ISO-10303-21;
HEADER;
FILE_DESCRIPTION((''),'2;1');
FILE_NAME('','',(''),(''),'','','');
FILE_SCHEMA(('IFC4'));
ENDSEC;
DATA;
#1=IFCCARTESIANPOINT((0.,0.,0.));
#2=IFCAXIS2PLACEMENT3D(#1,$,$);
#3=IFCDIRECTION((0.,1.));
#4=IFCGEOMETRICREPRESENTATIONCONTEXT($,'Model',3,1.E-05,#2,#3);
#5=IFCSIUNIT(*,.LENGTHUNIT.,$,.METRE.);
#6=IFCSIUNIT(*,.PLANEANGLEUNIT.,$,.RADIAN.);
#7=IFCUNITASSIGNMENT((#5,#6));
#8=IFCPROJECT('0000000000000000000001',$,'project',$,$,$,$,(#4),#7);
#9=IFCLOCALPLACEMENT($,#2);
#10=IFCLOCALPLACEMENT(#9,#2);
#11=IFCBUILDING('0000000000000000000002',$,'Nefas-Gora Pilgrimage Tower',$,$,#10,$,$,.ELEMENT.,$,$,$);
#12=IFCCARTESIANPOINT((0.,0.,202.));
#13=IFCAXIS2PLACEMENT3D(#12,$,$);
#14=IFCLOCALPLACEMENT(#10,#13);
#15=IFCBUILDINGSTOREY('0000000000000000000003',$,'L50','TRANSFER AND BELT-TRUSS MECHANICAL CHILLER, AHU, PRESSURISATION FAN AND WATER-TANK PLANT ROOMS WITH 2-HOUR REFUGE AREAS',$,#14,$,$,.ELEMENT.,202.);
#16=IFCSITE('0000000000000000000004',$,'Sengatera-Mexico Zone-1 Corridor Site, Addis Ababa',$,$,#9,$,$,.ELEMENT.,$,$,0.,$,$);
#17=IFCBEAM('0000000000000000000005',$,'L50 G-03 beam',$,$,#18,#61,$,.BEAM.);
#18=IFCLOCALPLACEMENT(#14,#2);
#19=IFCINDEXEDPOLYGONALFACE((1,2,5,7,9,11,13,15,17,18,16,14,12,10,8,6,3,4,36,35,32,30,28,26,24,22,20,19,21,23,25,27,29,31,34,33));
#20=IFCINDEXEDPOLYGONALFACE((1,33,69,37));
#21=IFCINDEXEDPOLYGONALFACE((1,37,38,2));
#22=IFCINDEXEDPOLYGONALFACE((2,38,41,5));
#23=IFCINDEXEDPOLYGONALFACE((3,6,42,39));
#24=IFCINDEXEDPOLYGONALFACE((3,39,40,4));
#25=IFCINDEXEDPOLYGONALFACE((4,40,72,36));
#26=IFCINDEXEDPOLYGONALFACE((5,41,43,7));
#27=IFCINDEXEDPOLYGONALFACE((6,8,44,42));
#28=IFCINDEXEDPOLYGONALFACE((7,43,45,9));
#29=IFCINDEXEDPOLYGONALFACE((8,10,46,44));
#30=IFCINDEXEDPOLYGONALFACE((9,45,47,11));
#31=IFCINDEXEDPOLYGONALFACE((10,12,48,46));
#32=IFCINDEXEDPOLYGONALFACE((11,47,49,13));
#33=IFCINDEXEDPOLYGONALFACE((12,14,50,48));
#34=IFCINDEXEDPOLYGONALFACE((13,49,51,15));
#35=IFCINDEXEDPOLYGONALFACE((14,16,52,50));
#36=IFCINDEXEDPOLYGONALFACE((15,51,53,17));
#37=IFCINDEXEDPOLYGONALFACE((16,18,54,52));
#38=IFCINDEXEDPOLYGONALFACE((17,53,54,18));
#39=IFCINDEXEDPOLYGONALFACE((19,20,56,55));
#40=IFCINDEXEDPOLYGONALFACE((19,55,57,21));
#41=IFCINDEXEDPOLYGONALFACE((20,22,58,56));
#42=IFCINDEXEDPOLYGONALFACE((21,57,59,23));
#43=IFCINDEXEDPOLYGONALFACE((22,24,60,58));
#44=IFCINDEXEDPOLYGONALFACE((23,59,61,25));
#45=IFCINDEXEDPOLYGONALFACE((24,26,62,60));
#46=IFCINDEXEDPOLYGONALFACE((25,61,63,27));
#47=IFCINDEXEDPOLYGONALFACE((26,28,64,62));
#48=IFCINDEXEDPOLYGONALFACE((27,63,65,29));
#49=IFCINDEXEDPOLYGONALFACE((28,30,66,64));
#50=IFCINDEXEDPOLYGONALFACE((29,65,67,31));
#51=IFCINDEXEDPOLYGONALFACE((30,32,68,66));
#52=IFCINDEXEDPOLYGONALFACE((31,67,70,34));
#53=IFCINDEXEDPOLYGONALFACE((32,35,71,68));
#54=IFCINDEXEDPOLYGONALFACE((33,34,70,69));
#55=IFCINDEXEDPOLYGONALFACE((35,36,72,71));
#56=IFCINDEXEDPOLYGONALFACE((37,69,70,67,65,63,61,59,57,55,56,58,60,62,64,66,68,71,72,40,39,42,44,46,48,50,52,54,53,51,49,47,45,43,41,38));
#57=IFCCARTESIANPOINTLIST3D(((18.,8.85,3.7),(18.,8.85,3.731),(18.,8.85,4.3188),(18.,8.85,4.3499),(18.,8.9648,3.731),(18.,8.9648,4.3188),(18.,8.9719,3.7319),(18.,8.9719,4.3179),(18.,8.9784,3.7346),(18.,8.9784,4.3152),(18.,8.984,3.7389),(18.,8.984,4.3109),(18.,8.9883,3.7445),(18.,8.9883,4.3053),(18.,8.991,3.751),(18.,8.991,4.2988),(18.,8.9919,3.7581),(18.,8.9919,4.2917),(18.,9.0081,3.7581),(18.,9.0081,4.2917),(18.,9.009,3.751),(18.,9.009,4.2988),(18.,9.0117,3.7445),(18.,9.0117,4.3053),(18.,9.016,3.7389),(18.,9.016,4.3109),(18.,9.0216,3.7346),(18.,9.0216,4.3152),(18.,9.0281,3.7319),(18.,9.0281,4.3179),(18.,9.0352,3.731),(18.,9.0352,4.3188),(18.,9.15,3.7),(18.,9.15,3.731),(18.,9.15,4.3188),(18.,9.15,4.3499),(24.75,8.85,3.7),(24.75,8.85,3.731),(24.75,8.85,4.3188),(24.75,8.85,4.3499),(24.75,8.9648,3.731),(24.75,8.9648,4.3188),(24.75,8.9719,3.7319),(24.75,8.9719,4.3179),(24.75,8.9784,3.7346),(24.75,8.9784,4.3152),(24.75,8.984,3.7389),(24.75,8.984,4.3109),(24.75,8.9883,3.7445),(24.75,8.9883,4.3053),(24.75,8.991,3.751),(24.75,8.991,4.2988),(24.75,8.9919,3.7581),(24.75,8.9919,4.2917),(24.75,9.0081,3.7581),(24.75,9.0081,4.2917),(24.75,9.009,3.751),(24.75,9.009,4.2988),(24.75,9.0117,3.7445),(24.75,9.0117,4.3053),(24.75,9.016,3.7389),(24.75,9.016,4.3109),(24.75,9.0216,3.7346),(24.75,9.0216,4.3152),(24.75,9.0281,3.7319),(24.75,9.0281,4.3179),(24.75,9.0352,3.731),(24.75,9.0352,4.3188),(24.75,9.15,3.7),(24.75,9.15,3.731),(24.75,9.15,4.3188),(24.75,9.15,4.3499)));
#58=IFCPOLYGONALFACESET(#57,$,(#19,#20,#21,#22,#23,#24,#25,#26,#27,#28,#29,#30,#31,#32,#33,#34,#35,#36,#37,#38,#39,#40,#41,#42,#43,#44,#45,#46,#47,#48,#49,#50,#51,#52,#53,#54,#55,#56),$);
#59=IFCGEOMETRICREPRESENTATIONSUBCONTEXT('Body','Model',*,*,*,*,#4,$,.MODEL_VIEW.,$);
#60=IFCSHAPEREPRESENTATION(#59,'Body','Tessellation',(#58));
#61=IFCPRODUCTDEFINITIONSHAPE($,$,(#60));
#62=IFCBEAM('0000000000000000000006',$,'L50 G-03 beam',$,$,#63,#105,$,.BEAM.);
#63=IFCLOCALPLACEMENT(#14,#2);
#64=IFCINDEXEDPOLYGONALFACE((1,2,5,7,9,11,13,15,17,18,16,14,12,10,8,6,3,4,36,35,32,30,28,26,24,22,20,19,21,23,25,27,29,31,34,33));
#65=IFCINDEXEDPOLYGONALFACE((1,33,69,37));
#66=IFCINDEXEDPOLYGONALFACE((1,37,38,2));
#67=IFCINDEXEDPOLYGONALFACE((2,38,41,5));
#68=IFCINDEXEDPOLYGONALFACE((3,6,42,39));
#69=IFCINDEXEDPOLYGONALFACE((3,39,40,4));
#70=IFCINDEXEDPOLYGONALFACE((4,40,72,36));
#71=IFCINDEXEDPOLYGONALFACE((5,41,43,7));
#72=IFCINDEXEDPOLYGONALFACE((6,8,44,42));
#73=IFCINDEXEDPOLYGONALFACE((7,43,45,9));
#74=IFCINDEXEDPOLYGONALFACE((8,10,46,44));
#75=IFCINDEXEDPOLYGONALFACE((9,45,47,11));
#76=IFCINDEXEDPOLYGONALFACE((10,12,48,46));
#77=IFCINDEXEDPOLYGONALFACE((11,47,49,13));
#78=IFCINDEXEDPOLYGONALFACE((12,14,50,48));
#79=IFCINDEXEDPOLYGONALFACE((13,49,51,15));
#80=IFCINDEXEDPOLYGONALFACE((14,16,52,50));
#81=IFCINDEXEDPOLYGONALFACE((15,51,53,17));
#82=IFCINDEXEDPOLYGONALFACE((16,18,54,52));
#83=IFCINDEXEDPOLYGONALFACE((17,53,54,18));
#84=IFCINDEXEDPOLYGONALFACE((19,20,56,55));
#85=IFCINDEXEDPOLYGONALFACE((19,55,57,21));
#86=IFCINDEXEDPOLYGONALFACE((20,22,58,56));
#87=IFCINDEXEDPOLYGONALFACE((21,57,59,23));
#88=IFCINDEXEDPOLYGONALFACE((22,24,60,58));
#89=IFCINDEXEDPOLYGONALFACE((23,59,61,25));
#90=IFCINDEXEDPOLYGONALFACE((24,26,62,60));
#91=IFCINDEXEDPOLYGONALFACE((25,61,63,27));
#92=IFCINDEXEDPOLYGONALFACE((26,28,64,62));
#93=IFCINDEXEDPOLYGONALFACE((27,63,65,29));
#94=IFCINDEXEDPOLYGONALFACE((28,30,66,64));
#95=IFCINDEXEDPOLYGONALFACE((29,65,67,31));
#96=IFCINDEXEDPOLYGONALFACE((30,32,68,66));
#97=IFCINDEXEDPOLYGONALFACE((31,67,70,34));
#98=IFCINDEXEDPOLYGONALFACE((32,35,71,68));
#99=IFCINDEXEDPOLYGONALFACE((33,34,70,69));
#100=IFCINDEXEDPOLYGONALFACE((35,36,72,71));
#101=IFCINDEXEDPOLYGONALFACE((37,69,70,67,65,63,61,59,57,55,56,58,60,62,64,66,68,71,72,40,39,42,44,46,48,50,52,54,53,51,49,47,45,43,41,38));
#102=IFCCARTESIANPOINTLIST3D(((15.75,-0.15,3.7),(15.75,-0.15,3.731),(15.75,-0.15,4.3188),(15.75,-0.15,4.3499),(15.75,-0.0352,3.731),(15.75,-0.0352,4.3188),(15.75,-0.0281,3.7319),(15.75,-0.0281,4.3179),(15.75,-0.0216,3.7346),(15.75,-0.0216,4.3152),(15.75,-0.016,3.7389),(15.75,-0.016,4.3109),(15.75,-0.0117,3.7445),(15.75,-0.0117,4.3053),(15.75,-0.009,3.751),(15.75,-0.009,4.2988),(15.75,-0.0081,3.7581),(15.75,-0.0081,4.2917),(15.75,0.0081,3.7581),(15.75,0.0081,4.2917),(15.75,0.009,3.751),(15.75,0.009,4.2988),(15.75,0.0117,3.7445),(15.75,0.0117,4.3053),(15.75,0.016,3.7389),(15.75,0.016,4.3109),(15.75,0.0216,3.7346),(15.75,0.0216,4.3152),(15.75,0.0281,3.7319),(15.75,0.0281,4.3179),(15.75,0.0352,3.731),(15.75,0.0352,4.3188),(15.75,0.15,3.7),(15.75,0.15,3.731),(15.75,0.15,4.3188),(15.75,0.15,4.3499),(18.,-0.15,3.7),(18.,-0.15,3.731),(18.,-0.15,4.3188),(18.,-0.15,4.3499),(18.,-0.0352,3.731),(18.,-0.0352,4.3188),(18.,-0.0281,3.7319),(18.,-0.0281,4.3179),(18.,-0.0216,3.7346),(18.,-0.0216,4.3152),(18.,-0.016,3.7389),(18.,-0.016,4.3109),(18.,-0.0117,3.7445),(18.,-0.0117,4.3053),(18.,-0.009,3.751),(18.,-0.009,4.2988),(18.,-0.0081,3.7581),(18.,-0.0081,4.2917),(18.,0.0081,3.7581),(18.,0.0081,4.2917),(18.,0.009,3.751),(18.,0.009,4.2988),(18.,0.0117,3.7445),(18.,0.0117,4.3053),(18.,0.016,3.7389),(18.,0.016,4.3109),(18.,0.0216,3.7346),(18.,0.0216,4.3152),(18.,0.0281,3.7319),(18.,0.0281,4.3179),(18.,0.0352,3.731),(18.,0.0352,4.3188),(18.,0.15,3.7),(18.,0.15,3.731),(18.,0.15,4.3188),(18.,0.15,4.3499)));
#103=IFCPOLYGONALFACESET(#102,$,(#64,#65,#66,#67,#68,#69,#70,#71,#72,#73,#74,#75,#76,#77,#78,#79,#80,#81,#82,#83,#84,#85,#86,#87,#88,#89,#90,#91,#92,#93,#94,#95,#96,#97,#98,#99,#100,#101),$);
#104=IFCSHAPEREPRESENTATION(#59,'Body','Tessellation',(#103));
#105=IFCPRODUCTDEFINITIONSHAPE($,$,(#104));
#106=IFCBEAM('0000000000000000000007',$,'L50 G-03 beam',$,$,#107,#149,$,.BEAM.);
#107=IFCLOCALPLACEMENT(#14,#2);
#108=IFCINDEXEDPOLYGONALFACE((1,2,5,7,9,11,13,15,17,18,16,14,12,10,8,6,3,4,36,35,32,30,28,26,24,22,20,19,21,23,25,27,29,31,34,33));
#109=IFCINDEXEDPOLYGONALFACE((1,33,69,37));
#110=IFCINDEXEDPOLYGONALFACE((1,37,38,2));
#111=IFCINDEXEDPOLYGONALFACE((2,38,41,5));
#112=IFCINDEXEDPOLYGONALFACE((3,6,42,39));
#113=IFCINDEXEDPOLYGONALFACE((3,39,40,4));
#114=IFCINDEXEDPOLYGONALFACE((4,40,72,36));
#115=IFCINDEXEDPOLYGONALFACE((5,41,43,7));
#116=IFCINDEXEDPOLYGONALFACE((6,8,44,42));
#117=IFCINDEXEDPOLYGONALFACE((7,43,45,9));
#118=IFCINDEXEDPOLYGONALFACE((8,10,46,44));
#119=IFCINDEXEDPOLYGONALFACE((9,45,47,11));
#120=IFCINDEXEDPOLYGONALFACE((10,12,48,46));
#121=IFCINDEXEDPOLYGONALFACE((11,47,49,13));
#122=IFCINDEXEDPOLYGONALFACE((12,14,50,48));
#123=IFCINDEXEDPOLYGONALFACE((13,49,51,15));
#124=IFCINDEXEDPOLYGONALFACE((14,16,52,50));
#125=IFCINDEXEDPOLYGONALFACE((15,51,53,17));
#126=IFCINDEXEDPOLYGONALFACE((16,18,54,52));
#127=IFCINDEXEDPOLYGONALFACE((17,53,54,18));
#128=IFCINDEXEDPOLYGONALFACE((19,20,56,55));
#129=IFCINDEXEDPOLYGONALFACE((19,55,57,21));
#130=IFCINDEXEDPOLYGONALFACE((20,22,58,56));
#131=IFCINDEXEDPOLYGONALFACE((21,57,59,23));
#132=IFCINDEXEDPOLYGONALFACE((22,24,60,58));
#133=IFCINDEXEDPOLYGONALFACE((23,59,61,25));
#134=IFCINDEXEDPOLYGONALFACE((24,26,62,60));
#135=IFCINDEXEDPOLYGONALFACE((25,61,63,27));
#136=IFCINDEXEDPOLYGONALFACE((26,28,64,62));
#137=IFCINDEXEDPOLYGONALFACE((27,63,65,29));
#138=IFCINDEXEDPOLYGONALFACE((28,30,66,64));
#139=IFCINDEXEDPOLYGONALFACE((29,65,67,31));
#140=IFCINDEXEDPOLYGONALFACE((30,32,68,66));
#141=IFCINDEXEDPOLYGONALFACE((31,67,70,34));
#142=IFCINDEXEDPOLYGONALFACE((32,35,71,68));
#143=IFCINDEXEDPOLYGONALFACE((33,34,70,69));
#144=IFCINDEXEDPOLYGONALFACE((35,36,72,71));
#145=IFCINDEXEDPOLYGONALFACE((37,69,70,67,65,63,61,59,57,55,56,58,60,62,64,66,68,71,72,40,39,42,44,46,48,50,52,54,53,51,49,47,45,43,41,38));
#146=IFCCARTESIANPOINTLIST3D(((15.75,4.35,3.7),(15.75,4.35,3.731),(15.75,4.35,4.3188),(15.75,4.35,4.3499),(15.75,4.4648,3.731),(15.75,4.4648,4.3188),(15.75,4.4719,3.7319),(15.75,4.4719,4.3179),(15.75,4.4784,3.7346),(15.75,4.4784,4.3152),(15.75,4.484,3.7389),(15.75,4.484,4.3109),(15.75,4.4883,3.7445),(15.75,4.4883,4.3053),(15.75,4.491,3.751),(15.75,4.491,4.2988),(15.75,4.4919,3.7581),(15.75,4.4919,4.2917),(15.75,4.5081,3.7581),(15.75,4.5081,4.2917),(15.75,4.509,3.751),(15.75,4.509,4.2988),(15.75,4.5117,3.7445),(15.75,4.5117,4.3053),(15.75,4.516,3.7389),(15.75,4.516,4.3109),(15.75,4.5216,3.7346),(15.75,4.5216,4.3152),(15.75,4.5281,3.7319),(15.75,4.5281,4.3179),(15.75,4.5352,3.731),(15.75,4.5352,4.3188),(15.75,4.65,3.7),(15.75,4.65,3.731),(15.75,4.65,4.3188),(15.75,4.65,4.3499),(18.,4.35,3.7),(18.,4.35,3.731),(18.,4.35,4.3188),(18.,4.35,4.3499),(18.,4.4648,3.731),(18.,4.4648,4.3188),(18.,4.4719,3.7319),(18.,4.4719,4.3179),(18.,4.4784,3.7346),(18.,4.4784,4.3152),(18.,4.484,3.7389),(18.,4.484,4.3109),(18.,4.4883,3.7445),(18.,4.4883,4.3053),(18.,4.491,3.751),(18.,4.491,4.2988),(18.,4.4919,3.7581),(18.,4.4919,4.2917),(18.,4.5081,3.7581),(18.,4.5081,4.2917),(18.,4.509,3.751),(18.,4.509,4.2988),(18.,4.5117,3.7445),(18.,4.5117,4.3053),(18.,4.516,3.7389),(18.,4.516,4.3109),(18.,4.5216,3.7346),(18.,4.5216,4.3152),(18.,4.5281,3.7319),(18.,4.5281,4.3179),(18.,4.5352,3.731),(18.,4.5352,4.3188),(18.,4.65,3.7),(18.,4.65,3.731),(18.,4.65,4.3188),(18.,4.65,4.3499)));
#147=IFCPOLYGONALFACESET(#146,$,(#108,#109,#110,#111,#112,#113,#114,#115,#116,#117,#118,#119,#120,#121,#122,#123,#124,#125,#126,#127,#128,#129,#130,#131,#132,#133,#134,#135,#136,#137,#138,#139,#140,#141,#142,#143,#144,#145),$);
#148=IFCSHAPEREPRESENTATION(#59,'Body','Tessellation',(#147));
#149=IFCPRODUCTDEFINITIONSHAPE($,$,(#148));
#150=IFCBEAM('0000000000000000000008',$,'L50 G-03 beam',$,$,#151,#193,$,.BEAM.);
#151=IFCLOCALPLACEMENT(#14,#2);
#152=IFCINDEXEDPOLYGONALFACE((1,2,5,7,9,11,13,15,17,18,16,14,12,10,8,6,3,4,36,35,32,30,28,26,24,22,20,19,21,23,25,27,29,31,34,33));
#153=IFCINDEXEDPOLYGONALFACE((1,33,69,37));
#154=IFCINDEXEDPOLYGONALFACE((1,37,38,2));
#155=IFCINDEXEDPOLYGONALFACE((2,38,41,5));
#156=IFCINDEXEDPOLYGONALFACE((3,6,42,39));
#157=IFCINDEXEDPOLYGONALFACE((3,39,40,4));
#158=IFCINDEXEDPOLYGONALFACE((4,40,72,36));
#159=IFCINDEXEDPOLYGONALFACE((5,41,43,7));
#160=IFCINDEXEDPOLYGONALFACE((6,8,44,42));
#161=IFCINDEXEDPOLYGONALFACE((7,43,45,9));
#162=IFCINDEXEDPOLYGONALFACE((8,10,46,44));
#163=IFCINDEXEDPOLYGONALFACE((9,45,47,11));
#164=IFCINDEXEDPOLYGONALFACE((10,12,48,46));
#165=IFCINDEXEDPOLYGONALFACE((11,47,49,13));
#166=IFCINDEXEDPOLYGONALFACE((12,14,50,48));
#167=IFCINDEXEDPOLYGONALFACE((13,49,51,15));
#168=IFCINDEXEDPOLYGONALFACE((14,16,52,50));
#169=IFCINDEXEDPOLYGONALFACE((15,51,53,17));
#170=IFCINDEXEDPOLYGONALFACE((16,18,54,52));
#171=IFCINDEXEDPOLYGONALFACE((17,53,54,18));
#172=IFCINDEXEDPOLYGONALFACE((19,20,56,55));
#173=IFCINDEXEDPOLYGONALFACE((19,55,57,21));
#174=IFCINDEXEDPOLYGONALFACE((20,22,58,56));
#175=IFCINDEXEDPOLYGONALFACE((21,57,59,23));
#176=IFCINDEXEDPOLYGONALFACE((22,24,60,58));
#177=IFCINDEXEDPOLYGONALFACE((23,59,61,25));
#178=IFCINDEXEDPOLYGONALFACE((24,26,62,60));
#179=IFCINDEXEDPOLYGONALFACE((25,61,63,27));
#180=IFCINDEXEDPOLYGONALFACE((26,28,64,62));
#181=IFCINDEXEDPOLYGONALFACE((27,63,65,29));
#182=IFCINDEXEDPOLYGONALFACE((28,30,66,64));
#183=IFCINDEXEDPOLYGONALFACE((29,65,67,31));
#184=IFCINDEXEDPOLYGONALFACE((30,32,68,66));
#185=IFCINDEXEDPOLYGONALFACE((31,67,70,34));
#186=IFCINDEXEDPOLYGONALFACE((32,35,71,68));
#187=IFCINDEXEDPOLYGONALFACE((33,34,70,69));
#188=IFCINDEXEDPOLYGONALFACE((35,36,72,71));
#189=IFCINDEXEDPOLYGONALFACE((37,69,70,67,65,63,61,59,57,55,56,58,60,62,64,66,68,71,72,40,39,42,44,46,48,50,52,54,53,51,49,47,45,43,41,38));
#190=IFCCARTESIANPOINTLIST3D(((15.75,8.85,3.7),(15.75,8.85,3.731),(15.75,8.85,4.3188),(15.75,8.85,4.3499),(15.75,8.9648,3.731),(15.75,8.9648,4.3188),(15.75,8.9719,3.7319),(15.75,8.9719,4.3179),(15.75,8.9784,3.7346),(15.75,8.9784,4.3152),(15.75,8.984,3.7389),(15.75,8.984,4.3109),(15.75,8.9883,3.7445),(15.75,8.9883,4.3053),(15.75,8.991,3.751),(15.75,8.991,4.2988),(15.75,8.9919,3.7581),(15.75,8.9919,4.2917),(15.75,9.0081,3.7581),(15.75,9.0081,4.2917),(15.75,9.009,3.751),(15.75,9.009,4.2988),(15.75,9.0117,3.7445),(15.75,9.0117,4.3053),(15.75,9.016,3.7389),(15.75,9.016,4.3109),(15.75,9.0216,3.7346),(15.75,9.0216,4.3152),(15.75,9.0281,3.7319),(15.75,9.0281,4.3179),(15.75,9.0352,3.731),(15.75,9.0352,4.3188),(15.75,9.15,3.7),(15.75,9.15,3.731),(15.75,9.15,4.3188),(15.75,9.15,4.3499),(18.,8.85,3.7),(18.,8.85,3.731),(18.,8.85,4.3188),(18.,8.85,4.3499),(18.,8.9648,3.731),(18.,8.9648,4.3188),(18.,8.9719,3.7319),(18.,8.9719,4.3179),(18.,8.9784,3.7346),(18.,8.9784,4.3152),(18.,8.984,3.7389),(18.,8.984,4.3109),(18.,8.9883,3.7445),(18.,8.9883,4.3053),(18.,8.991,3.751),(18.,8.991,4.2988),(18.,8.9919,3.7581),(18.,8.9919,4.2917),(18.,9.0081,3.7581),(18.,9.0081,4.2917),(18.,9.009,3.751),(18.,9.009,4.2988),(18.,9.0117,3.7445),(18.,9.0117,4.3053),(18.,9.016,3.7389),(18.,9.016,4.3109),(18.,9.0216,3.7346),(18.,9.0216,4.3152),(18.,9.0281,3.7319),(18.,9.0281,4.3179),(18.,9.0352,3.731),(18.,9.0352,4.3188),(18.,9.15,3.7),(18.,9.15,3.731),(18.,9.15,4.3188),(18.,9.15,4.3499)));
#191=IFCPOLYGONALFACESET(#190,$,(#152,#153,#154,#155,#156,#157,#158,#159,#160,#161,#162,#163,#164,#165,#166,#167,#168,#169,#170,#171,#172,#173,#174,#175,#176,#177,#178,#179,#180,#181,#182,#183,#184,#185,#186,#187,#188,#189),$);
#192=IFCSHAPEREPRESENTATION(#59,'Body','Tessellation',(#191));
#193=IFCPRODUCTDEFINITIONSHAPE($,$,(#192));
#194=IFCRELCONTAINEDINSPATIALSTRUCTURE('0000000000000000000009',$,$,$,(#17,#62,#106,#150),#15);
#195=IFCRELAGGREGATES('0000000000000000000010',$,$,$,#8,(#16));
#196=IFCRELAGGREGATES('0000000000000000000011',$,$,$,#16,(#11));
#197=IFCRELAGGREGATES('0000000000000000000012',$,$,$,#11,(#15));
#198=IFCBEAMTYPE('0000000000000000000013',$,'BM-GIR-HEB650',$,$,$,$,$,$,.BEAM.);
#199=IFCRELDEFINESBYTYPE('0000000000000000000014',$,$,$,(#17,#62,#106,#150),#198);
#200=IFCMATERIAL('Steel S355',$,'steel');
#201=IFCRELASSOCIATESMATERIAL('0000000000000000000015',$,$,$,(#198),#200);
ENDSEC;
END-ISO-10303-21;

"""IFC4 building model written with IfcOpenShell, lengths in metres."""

from ifc_helpers import new_model, si_unit, direction, frame, origin, origin_2d, place, context, subcontext, project, spatial, i_section, extrude, source, transform, mapped, material, material_profile, profile_set, type_object, element, save


model = new_model("IFC4")

# Units and contexts
model_context = context("Model", 3, precision=1e-05, world=origin(), true_north=direction((0.0, 1.0)))
body_context = subcontext(model_context, "Body", "Model", "MODEL_VIEW")
ifc_project = project(units=[si_unit("LENGTHUNIT", "METRE"), si_unit("PLANEANGLEUNIT", "RADIAN")], contexts=[model_context])

# Site, building, storey
site_placement = place(None, origin())
site = spatial("IfcSite", under=ifc_project, at=site_placement, Name="Sengatera-Mexico Zone-1 Corridor Site, Addis Ababa", CompositionType="ELEMENT", RefElevation=0.0)
building_placement = place(site_placement, origin())
building = spatial("IfcBuilding", under=site, at=building_placement, Name="Nefas-Gora Pilgrimage Tower", CompositionType="ELEMENT")
storey_placement = place(building_placement, frame((0.0, 0.0, 202.0)))
storey = spatial("IfcBuildingStorey", under=building, at=storey_placement, Name="L50", Description="TRANSFER AND BELT-TRUSS MECHANICAL CHILLER, AHU, PRESSURISATION FAN AND WATER-TANK PLANT ROOMS WITH 2-HOUR REFUGE AREAS", CompositionType="ELEMENT", Elevation=202.0)

# Beams
ifc_material_1 = material(Name="Steel S355", Category="steel")
ifc_material_profile_1 = material_profile(ifc_material_1, i_section(OverallWidth=0.3, OverallDepth=0.6499, WebThickness=0.0161, FlangeThickness=0.031, FilletRadius=0.0271, at=origin_2d()), Name="HEB 650")
ifc_profile_set_1 = profile_set([ifc_material_profile_1], Name="Steel S355")
beam_type_1 = type_object("IfcBeamType", Name="BM-GIR-HEB650", PredefinedType="BEAM", material=ifc_profile_set_1)
shared_shape_1 = source(origin(), body_context, "Body", "SweptSolid", [
    extrude(i_section(OverallWidth=0.3, OverallDepth=0.6499, WebThickness=0.0161, FlangeThickness=0.031, FilletRadius=0.0271, at=origin_2d()), origin(), (0.0, 0.0, 1.0), 6.75),
])
for number, where, z_axis, x_axis, name in (
    (1, (18.0, 9.0, 4.0249), (1.0, 0.0, 0.0), (0.0, 1.0, 0.0), "L50 G-03 beam"),
):
    element("IfcBeam", number, at=place(storey_placement, frame(where, z_axis=z_axis, x_axis=x_axis)), inside=storey, type_object=beam_type_1, Name=name, PredefinedType="BEAM", context=body_context, shape_type="MappedRepresentation", body=[
        mapped(shared_shape_1, transform((0.0, 0.0, 0.0), x_axis=(1.0, 0.0, 0.0), y_axis=(0.0, 1.0, 0.0), z_axis=(0.0, 0.0, 1.0), scale=1.0)),
    ])
shared_shape_2 = source(origin(), body_context, "Body", "SweptSolid", [
    extrude(i_section(OverallWidth=0.3, OverallDepth=0.6499, WebThickness=0.0161, FlangeThickness=0.031, FilletRadius=0.0271, at=origin_2d()), origin(), (0.0, 0.0, 1.0), 2.25),
])
for number, where, z_axis, x_axis, name in (
    (2, (15.75, 0.0, 4.0249), (1.0, 0.0, 0.0), (0.0, 1.0, 0.0), "L50 G-03 beam"),
    (3, (15.75, 4.5, 4.0249), (1.0, 0.0, 0.0), (0.0, 1.0, 0.0), "L50 G-03 beam"),
    (4, (15.75, 9.0, 4.0249), (1.0, 0.0, 0.0), (0.0, 1.0, 0.0), "L50 G-03 beam"),
):
    element("IfcBeam", number, at=place(storey_placement, frame(where, z_axis=z_axis, x_axis=x_axis)), inside=storey, type_object=beam_type_1, Name=name, PredefinedType="BEAM", context=body_context, shape_type="MappedRepresentation", body=[
        mapped(shared_shape_2, transform((0.0, 0.0, 0.0), x_axis=(1.0, 0.0, 0.0), y_axis=(0.0, 1.0, 0.0), z_axis=(0.0, 0.0, 1.0), scale=1.0)),
    ])

save(model, "model.ifc")
